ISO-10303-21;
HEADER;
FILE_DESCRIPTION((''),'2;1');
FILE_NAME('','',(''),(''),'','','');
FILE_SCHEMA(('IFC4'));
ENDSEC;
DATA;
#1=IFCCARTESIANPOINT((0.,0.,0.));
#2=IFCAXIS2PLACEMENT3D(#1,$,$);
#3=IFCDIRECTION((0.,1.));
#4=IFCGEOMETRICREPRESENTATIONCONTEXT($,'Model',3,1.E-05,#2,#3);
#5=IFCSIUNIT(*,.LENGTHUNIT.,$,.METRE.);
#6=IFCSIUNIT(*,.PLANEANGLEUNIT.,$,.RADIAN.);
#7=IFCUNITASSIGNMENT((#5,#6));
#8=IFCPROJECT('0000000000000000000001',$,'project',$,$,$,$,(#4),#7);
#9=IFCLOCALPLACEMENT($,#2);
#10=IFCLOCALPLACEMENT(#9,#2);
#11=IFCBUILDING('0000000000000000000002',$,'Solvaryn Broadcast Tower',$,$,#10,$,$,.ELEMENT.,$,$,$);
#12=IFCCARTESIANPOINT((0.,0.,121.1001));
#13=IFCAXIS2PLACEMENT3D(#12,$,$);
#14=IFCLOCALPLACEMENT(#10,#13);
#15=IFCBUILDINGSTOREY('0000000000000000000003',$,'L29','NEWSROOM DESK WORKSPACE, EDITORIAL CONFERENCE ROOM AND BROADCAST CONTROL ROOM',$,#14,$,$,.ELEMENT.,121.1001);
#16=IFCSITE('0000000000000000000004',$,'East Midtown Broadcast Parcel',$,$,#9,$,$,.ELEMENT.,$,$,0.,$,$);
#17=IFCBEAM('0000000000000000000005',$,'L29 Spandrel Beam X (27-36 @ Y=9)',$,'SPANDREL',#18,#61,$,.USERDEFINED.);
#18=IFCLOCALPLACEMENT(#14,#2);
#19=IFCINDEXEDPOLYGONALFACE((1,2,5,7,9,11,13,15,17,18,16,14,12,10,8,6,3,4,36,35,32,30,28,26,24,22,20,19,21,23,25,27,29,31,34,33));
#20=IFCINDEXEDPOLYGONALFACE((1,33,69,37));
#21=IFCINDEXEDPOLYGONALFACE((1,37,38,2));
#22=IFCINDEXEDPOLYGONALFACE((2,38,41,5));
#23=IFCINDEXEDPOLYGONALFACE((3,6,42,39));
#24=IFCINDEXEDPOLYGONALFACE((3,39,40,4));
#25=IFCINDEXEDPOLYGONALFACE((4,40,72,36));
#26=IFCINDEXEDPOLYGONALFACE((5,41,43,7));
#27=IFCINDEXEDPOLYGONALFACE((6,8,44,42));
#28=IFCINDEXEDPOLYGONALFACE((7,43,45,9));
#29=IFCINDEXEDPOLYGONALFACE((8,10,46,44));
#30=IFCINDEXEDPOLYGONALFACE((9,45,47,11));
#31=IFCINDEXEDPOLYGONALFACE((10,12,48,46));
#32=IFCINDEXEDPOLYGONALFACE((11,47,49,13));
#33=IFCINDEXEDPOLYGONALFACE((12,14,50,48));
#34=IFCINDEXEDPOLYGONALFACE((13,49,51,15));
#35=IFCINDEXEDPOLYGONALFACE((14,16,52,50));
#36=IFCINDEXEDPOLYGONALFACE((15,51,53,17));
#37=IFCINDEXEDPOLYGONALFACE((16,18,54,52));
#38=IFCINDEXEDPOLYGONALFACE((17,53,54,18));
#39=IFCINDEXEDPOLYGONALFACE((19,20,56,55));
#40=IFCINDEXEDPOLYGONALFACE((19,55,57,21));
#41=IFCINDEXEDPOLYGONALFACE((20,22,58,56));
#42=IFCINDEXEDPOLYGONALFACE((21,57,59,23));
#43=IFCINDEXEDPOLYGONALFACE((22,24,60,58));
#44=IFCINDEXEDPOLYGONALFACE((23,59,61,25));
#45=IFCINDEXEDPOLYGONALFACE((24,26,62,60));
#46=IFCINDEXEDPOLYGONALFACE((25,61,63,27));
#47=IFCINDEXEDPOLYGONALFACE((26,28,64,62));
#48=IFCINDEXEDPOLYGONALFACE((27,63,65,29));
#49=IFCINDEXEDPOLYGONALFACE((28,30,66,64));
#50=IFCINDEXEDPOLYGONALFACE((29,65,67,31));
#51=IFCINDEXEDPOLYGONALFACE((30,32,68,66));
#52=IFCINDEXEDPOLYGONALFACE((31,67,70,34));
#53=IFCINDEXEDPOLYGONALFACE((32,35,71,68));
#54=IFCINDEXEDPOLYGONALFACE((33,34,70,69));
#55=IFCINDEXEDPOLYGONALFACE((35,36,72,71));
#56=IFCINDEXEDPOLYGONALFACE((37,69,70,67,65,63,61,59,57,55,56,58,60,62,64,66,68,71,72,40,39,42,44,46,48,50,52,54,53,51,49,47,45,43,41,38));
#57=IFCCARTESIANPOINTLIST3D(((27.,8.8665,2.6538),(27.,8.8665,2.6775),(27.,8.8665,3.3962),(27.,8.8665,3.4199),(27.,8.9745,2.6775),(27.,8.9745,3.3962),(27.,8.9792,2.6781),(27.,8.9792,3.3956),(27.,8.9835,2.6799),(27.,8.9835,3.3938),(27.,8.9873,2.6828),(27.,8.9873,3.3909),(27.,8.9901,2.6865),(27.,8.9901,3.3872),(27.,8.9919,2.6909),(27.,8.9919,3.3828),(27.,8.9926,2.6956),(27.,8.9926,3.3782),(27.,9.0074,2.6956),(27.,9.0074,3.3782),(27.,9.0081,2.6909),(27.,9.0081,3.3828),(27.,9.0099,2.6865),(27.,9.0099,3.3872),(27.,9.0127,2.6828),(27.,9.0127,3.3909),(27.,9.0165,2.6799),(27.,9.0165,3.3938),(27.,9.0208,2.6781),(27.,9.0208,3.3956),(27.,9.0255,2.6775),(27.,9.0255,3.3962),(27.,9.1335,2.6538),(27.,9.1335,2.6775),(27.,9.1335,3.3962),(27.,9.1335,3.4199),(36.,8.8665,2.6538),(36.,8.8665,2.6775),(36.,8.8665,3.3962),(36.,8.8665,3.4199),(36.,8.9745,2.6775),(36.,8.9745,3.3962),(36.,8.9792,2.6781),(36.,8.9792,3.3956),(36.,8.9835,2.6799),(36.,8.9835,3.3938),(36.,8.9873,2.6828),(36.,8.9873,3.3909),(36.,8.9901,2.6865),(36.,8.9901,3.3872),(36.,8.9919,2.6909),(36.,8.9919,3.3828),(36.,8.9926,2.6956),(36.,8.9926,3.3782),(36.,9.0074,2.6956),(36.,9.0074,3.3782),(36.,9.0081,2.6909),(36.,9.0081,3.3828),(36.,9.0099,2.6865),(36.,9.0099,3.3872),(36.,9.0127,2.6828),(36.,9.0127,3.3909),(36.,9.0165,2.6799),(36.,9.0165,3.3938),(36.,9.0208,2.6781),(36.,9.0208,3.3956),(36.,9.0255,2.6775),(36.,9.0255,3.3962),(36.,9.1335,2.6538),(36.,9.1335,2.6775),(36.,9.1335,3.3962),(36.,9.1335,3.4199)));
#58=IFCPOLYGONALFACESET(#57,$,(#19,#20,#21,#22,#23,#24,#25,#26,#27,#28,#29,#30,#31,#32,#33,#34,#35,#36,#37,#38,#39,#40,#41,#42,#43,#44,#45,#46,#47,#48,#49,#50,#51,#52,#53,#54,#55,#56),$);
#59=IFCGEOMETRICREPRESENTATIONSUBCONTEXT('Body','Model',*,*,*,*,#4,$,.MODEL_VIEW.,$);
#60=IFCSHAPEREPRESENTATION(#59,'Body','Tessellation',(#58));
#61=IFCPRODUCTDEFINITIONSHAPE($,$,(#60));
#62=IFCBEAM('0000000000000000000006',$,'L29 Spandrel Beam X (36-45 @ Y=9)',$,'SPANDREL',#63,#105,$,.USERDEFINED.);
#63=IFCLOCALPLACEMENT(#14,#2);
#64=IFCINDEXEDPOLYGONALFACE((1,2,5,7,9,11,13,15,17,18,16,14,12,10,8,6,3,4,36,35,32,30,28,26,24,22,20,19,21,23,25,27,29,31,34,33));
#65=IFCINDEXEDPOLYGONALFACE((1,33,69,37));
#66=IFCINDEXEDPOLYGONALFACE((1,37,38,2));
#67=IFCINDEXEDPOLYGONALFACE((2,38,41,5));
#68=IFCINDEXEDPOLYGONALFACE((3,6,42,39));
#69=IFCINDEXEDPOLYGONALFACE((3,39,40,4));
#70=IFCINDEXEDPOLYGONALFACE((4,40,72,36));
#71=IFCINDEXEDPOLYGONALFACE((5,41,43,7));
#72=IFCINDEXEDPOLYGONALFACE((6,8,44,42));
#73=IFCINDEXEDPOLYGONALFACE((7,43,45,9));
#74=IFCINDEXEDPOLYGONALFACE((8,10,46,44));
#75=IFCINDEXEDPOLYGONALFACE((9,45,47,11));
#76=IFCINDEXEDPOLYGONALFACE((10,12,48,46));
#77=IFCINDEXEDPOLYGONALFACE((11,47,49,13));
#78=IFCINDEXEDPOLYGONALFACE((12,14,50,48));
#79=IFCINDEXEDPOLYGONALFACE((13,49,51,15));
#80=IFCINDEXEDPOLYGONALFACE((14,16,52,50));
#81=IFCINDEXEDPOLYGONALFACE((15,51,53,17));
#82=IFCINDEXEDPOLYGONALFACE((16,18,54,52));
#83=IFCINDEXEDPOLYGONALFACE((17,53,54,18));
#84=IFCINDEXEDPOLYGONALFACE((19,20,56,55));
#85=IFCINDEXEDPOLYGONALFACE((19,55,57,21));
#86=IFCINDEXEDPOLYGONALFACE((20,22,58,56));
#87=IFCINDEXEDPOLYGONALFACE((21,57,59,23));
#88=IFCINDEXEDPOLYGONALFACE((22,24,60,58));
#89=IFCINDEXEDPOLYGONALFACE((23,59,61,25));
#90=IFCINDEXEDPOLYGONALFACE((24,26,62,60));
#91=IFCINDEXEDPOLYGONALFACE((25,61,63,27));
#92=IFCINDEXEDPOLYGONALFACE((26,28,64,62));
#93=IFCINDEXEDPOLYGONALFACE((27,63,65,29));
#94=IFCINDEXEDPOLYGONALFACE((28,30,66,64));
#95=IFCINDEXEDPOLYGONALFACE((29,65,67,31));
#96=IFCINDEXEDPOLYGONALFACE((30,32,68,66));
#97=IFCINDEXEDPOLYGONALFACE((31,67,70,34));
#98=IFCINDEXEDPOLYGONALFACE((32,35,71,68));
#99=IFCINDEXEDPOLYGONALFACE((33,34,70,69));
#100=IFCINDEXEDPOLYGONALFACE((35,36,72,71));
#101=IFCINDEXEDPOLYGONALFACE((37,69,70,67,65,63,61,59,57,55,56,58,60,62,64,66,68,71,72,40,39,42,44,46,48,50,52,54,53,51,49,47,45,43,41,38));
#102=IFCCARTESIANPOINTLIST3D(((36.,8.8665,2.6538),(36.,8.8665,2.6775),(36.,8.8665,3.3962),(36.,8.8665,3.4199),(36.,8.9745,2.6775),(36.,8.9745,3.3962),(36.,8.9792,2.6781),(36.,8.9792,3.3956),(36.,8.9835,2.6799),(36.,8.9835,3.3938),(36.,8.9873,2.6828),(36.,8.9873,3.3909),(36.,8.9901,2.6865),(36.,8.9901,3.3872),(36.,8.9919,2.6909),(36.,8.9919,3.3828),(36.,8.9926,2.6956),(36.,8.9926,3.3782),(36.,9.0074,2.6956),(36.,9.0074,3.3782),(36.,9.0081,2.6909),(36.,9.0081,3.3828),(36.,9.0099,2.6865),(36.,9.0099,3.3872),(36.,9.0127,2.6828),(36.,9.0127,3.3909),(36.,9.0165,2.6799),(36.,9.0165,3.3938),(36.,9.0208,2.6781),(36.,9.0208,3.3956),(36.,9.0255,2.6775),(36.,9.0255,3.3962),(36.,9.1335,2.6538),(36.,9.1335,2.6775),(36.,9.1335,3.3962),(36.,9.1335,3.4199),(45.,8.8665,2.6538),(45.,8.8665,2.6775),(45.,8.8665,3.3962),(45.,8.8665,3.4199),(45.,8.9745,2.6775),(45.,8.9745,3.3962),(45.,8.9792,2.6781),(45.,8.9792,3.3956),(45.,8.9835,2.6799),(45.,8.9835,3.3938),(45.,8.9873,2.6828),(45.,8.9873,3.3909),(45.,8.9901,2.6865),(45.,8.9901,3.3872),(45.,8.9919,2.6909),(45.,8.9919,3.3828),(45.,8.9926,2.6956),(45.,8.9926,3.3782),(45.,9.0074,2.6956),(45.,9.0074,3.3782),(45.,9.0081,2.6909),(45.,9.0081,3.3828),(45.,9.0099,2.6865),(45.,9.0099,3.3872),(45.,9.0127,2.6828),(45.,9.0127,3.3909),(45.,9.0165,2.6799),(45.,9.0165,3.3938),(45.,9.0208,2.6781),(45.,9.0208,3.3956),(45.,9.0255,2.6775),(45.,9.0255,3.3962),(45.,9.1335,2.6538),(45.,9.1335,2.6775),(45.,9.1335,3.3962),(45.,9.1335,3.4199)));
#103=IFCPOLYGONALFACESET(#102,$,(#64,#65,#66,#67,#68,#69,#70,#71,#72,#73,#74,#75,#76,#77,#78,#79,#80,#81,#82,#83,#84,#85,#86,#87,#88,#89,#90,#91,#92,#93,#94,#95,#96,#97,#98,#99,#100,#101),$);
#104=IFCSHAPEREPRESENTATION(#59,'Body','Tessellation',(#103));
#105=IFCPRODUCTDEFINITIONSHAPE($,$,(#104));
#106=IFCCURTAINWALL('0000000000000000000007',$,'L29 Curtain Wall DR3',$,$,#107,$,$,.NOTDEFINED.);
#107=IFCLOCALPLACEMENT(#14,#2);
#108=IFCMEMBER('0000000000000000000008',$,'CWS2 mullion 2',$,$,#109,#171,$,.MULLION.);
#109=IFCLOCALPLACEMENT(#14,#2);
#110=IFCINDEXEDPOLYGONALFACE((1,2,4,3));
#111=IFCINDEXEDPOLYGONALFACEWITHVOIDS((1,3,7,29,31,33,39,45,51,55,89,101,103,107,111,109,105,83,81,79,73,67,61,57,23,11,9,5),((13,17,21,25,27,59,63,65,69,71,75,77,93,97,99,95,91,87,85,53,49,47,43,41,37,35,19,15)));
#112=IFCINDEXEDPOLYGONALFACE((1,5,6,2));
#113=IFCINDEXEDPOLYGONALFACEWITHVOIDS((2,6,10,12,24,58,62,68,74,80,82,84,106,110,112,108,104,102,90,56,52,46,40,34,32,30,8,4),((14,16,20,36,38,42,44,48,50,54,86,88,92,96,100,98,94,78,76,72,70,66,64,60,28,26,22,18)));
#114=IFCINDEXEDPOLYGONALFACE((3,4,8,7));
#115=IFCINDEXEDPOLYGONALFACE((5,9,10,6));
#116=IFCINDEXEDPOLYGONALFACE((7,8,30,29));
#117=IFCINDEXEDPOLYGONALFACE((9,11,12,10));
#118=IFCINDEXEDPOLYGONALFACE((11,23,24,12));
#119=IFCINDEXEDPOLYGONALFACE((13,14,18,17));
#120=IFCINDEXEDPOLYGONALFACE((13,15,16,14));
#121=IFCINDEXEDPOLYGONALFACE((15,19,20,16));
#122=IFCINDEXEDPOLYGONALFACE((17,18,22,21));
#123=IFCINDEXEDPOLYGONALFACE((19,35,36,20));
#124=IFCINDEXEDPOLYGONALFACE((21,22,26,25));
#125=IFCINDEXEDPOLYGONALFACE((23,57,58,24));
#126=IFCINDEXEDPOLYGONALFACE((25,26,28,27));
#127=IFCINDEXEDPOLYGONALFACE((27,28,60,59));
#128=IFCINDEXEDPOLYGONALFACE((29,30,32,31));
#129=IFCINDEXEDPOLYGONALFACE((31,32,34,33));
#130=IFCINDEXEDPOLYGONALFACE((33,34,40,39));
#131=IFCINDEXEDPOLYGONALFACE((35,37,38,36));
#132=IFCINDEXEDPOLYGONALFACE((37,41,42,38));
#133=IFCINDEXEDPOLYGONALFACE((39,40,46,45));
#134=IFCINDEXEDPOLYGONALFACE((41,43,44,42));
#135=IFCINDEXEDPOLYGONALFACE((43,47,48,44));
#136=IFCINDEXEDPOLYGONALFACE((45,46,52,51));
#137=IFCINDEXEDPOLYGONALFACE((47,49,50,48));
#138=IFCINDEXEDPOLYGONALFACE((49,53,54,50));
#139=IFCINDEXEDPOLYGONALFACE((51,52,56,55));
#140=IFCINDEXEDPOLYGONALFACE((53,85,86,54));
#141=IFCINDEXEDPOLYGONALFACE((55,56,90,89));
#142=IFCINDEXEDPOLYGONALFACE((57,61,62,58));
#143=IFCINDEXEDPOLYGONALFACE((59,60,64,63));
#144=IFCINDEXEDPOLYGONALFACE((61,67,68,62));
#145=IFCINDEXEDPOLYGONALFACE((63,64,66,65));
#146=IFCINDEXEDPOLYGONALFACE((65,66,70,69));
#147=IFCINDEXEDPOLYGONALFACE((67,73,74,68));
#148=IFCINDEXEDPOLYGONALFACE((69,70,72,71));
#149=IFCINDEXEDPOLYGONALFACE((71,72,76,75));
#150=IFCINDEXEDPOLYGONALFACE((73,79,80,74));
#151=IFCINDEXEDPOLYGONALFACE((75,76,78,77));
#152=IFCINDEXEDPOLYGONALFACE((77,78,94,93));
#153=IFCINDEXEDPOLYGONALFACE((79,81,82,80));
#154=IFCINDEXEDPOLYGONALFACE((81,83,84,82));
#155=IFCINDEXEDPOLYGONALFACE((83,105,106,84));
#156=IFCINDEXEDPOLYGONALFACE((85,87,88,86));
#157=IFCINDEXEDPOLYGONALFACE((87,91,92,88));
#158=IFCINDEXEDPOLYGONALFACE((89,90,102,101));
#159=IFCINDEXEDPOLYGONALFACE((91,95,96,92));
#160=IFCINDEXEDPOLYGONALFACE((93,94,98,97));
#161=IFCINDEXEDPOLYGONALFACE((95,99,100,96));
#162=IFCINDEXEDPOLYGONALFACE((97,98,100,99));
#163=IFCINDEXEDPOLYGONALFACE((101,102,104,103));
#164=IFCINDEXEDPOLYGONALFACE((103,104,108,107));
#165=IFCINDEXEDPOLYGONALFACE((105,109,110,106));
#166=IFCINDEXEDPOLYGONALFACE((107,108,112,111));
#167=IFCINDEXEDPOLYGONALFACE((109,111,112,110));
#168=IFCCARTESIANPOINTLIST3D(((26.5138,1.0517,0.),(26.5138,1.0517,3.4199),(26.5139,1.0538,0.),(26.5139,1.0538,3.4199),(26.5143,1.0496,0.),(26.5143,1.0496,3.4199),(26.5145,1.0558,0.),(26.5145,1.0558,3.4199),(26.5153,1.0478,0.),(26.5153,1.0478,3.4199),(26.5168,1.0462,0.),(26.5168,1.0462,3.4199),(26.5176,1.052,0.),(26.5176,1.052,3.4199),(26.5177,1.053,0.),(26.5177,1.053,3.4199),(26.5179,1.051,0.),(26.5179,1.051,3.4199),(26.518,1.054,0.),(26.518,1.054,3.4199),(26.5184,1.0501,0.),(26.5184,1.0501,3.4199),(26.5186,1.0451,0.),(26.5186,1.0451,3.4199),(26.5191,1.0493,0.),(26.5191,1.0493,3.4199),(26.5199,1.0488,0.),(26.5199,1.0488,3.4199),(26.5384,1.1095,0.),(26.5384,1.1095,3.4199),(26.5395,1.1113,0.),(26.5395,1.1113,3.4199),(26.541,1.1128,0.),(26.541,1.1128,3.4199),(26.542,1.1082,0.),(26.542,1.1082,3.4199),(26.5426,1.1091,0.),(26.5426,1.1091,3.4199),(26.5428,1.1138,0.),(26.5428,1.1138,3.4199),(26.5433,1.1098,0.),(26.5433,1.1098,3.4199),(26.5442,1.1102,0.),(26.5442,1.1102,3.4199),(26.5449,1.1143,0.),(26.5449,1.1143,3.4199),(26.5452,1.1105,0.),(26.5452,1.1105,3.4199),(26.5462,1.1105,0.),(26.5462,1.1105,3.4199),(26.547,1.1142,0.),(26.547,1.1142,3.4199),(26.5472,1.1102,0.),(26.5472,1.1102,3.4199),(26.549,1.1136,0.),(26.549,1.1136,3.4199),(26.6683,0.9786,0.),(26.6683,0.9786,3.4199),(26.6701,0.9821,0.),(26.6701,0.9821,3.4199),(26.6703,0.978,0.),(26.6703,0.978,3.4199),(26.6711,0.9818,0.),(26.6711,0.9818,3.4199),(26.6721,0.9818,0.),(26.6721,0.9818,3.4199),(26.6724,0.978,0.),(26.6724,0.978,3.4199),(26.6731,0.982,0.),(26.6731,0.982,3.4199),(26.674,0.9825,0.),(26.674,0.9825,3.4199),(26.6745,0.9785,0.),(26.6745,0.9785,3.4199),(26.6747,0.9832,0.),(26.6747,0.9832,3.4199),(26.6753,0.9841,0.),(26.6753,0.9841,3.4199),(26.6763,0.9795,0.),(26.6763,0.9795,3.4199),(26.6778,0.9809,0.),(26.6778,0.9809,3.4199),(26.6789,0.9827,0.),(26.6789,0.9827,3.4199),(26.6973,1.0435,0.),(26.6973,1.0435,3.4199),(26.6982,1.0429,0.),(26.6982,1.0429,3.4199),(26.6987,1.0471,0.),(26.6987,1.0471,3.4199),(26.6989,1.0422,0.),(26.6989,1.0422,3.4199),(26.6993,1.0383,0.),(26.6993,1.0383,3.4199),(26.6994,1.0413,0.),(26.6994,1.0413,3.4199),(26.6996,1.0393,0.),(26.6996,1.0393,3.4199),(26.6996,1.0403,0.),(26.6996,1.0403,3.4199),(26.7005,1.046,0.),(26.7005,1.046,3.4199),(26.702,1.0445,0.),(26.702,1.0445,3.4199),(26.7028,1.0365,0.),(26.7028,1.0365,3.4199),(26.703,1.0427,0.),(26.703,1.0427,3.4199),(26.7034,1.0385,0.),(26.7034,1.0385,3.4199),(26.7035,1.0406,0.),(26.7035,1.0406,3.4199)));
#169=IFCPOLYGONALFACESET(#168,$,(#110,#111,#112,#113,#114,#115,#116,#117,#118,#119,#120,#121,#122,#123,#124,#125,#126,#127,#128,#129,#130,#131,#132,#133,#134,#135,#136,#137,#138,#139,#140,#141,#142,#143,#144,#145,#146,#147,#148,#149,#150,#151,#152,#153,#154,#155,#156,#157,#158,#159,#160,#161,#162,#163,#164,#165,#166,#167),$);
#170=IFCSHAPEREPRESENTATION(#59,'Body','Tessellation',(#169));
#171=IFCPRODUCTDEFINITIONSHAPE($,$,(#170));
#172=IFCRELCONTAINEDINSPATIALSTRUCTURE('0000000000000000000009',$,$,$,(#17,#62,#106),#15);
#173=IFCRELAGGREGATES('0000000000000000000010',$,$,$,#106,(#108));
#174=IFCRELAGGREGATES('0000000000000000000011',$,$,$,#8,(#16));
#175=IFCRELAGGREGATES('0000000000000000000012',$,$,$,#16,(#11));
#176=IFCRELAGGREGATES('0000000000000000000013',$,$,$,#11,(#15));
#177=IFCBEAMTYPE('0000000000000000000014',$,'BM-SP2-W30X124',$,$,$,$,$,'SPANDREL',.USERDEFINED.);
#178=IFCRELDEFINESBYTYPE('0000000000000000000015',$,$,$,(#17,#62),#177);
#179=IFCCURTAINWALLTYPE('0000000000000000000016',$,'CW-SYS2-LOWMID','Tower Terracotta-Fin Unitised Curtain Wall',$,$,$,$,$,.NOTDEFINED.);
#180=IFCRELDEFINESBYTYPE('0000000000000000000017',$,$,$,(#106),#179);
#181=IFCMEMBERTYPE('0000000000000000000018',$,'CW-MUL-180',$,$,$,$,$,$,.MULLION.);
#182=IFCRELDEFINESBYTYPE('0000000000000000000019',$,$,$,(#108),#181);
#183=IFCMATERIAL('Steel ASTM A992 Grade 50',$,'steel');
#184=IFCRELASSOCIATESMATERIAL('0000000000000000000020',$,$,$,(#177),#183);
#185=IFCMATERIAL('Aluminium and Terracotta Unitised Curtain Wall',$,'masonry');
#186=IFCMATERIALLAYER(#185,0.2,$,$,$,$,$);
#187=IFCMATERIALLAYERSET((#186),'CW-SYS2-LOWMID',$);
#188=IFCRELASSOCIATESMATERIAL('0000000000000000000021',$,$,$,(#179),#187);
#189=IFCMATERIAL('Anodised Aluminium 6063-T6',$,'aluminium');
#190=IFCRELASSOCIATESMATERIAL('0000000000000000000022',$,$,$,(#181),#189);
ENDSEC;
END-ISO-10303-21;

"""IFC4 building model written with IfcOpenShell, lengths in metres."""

from ifc_helpers import new_model, si_unit, direction, frame, origin, origin_2d, place, context, subcontext, project, spatial, hollow_rectangle, i_section, extrude, material, layer, layer_set, material_profile, profile_set, type_object, element, aggregate, save


model = new_model("IFC4")

# Units and contexts
model_context = context("Model", 3, precision=1e-05, world=origin(), true_north=direction((0.0, 1.0)))
body_context = subcontext(model_context, "Body", "Model", "MODEL_VIEW")
ifc_project = project(units=[si_unit("LENGTHUNIT", "METRE"), si_unit("PLANEANGLEUNIT", "RADIAN")], contexts=[model_context])

# Site, building, storey
site_placement = place(None, origin())
site = spatial("IfcSite", under=ifc_project, at=site_placement, Name="East Midtown Broadcast Parcel", CompositionType="ELEMENT", RefElevation=0.0)
building_placement = place(site_placement, origin())
building = spatial("IfcBuilding", under=site, at=building_placement, Name="Solvaryn Broadcast Tower", CompositionType="ELEMENT")
storey_placement = place(building_placement, frame((0.0, 0.0, 121.1001)))
storey = spatial("IfcBuildingStorey", under=building, at=storey_placement, Name="L29", Description="NEWSROOM DESK WORKSPACE, EDITORIAL CONFERENCE ROOM AND BROADCAST CONTROL ROOM", CompositionType="ELEMENT", Elevation=121.1001)

# Beams
ifc_material_1 = material(Name="Steel ASTM A992 Grade 50", Category="steel")
ifc_material_profile_1 = material_profile(ifc_material_1, i_section(OverallWidth=0.2671, OverallDepth=0.7661, WebThickness=0.0149, FlangeThickness=0.0237, FilletRadius=0.0181, at=origin_2d()))
ifc_profile_set_1 = profile_set([ifc_material_profile_1], Name="Steel ASTM A992 Grade 50")
beam_type_1 = type_object("IfcBeamType", Name="BM-SP2-W30X124", ElementType="SPANDREL", PredefinedType="USERDEFINED", material=ifc_profile_set_1)
for number, where, z_axis, x_axis, name in (
    (1, (27.0, 9.0, 3.0369), (1.0, 0.0, 0.0), (0.0, 1.0, 0.0), "L29 Spandrel Beam X (27-36 @ Y=9)"),
    (2, (36.0, 9.0, 3.0369), (1.0, 0.0, 0.0), (0.0, 1.0, 0.0), "L29 Spandrel Beam X (36-45 @ Y=9)"),
):
    element("IfcBeam", number, at=place(storey_placement, frame(where, z_axis=z_axis, x_axis=x_axis)), inside=storey, type_object=beam_type_1, Name=name, ObjectType="SPANDREL", PredefinedType="USERDEFINED", context=body_context, shape_type="SweptSolid", body=[
        extrude(i_section(OverallWidth=0.2671, OverallDepth=0.7661, WebThickness=0.0149, FlangeThickness=0.0237, FilletRadius=0.0181, at=origin_2d()), origin(), (0.0, 0.0, 1.0), 9.0),
    ])

# Curtain wall, member
ifc_material_2 = material(Name="Aluminium and Terracotta Unitised Curtain Wall", Category="masonry")
ifc_layer_1 = layer(ifc_material_2, 0.2)
ifc_layer_set_1 = layer_set([ifc_layer_1], Name="CW-SYS2-LOWMID")
curtain_wall_type = type_object("IfcCurtainWallType", Name="CW-SYS2-LOWMID", Description="Tower Terracotta-Fin Unitised Curtain Wall", PredefinedType="NOTDEFINED", material=ifc_layer_set_1)
curtain_wall_1_placement = place(storey_placement, origin())
curtain_wall_1 = element("IfcCurtainWall", 3, at=curtain_wall_1_placement, inside=storey, type_object=curtain_wall_type, Name="L29 Curtain Wall DR3", PredefinedType="NOTDEFINED")
ifc_material_3 = material(Name="Anodised Aluminium 6063-T6", Category="aluminium")
ifc_material_profile_2 = material_profile(ifc_material_3, hollow_rectangle(XDim=0.075, YDim=0.1799, WallThickness=0.0039, InnerFilletRadius=0.0039, OuterFilletRadius=0.0081, at=origin_2d()))
ifc_profile_set_2 = profile_set([ifc_material_profile_2], Name="Anodised Aluminium 6063-T6")
member_type_1 = type_object("IfcMemberType", Name="CW-MUL-180", PredefinedType="MULLION", material=ifc_profile_set_2)
member_1_placement = place(storey_placement, frame((26.6086, 1.0461, 0.0), z_axis=(0.0, 0.0, 1.0), x_axis=(0.405918, 0.913909, 0.0)))
member_1 = element("IfcMember", 4, at=member_1_placement, type_object=member_type_1, Name="CWS2 mullion 2", PredefinedType="MULLION", context=body_context, shape_type="SweptSolid", body=[
    extrude(hollow_rectangle(XDim=0.075, YDim=0.1799, WallThickness=0.0039, InnerFilletRadius=0.0039, OuterFilletRadius=0.0081, at=origin_2d()), origin(), (0.0, 0.0, 1.0), 3.4199),
])
aggregate(curtain_wall_1, [member_1])

save(model, "model.ifc")
